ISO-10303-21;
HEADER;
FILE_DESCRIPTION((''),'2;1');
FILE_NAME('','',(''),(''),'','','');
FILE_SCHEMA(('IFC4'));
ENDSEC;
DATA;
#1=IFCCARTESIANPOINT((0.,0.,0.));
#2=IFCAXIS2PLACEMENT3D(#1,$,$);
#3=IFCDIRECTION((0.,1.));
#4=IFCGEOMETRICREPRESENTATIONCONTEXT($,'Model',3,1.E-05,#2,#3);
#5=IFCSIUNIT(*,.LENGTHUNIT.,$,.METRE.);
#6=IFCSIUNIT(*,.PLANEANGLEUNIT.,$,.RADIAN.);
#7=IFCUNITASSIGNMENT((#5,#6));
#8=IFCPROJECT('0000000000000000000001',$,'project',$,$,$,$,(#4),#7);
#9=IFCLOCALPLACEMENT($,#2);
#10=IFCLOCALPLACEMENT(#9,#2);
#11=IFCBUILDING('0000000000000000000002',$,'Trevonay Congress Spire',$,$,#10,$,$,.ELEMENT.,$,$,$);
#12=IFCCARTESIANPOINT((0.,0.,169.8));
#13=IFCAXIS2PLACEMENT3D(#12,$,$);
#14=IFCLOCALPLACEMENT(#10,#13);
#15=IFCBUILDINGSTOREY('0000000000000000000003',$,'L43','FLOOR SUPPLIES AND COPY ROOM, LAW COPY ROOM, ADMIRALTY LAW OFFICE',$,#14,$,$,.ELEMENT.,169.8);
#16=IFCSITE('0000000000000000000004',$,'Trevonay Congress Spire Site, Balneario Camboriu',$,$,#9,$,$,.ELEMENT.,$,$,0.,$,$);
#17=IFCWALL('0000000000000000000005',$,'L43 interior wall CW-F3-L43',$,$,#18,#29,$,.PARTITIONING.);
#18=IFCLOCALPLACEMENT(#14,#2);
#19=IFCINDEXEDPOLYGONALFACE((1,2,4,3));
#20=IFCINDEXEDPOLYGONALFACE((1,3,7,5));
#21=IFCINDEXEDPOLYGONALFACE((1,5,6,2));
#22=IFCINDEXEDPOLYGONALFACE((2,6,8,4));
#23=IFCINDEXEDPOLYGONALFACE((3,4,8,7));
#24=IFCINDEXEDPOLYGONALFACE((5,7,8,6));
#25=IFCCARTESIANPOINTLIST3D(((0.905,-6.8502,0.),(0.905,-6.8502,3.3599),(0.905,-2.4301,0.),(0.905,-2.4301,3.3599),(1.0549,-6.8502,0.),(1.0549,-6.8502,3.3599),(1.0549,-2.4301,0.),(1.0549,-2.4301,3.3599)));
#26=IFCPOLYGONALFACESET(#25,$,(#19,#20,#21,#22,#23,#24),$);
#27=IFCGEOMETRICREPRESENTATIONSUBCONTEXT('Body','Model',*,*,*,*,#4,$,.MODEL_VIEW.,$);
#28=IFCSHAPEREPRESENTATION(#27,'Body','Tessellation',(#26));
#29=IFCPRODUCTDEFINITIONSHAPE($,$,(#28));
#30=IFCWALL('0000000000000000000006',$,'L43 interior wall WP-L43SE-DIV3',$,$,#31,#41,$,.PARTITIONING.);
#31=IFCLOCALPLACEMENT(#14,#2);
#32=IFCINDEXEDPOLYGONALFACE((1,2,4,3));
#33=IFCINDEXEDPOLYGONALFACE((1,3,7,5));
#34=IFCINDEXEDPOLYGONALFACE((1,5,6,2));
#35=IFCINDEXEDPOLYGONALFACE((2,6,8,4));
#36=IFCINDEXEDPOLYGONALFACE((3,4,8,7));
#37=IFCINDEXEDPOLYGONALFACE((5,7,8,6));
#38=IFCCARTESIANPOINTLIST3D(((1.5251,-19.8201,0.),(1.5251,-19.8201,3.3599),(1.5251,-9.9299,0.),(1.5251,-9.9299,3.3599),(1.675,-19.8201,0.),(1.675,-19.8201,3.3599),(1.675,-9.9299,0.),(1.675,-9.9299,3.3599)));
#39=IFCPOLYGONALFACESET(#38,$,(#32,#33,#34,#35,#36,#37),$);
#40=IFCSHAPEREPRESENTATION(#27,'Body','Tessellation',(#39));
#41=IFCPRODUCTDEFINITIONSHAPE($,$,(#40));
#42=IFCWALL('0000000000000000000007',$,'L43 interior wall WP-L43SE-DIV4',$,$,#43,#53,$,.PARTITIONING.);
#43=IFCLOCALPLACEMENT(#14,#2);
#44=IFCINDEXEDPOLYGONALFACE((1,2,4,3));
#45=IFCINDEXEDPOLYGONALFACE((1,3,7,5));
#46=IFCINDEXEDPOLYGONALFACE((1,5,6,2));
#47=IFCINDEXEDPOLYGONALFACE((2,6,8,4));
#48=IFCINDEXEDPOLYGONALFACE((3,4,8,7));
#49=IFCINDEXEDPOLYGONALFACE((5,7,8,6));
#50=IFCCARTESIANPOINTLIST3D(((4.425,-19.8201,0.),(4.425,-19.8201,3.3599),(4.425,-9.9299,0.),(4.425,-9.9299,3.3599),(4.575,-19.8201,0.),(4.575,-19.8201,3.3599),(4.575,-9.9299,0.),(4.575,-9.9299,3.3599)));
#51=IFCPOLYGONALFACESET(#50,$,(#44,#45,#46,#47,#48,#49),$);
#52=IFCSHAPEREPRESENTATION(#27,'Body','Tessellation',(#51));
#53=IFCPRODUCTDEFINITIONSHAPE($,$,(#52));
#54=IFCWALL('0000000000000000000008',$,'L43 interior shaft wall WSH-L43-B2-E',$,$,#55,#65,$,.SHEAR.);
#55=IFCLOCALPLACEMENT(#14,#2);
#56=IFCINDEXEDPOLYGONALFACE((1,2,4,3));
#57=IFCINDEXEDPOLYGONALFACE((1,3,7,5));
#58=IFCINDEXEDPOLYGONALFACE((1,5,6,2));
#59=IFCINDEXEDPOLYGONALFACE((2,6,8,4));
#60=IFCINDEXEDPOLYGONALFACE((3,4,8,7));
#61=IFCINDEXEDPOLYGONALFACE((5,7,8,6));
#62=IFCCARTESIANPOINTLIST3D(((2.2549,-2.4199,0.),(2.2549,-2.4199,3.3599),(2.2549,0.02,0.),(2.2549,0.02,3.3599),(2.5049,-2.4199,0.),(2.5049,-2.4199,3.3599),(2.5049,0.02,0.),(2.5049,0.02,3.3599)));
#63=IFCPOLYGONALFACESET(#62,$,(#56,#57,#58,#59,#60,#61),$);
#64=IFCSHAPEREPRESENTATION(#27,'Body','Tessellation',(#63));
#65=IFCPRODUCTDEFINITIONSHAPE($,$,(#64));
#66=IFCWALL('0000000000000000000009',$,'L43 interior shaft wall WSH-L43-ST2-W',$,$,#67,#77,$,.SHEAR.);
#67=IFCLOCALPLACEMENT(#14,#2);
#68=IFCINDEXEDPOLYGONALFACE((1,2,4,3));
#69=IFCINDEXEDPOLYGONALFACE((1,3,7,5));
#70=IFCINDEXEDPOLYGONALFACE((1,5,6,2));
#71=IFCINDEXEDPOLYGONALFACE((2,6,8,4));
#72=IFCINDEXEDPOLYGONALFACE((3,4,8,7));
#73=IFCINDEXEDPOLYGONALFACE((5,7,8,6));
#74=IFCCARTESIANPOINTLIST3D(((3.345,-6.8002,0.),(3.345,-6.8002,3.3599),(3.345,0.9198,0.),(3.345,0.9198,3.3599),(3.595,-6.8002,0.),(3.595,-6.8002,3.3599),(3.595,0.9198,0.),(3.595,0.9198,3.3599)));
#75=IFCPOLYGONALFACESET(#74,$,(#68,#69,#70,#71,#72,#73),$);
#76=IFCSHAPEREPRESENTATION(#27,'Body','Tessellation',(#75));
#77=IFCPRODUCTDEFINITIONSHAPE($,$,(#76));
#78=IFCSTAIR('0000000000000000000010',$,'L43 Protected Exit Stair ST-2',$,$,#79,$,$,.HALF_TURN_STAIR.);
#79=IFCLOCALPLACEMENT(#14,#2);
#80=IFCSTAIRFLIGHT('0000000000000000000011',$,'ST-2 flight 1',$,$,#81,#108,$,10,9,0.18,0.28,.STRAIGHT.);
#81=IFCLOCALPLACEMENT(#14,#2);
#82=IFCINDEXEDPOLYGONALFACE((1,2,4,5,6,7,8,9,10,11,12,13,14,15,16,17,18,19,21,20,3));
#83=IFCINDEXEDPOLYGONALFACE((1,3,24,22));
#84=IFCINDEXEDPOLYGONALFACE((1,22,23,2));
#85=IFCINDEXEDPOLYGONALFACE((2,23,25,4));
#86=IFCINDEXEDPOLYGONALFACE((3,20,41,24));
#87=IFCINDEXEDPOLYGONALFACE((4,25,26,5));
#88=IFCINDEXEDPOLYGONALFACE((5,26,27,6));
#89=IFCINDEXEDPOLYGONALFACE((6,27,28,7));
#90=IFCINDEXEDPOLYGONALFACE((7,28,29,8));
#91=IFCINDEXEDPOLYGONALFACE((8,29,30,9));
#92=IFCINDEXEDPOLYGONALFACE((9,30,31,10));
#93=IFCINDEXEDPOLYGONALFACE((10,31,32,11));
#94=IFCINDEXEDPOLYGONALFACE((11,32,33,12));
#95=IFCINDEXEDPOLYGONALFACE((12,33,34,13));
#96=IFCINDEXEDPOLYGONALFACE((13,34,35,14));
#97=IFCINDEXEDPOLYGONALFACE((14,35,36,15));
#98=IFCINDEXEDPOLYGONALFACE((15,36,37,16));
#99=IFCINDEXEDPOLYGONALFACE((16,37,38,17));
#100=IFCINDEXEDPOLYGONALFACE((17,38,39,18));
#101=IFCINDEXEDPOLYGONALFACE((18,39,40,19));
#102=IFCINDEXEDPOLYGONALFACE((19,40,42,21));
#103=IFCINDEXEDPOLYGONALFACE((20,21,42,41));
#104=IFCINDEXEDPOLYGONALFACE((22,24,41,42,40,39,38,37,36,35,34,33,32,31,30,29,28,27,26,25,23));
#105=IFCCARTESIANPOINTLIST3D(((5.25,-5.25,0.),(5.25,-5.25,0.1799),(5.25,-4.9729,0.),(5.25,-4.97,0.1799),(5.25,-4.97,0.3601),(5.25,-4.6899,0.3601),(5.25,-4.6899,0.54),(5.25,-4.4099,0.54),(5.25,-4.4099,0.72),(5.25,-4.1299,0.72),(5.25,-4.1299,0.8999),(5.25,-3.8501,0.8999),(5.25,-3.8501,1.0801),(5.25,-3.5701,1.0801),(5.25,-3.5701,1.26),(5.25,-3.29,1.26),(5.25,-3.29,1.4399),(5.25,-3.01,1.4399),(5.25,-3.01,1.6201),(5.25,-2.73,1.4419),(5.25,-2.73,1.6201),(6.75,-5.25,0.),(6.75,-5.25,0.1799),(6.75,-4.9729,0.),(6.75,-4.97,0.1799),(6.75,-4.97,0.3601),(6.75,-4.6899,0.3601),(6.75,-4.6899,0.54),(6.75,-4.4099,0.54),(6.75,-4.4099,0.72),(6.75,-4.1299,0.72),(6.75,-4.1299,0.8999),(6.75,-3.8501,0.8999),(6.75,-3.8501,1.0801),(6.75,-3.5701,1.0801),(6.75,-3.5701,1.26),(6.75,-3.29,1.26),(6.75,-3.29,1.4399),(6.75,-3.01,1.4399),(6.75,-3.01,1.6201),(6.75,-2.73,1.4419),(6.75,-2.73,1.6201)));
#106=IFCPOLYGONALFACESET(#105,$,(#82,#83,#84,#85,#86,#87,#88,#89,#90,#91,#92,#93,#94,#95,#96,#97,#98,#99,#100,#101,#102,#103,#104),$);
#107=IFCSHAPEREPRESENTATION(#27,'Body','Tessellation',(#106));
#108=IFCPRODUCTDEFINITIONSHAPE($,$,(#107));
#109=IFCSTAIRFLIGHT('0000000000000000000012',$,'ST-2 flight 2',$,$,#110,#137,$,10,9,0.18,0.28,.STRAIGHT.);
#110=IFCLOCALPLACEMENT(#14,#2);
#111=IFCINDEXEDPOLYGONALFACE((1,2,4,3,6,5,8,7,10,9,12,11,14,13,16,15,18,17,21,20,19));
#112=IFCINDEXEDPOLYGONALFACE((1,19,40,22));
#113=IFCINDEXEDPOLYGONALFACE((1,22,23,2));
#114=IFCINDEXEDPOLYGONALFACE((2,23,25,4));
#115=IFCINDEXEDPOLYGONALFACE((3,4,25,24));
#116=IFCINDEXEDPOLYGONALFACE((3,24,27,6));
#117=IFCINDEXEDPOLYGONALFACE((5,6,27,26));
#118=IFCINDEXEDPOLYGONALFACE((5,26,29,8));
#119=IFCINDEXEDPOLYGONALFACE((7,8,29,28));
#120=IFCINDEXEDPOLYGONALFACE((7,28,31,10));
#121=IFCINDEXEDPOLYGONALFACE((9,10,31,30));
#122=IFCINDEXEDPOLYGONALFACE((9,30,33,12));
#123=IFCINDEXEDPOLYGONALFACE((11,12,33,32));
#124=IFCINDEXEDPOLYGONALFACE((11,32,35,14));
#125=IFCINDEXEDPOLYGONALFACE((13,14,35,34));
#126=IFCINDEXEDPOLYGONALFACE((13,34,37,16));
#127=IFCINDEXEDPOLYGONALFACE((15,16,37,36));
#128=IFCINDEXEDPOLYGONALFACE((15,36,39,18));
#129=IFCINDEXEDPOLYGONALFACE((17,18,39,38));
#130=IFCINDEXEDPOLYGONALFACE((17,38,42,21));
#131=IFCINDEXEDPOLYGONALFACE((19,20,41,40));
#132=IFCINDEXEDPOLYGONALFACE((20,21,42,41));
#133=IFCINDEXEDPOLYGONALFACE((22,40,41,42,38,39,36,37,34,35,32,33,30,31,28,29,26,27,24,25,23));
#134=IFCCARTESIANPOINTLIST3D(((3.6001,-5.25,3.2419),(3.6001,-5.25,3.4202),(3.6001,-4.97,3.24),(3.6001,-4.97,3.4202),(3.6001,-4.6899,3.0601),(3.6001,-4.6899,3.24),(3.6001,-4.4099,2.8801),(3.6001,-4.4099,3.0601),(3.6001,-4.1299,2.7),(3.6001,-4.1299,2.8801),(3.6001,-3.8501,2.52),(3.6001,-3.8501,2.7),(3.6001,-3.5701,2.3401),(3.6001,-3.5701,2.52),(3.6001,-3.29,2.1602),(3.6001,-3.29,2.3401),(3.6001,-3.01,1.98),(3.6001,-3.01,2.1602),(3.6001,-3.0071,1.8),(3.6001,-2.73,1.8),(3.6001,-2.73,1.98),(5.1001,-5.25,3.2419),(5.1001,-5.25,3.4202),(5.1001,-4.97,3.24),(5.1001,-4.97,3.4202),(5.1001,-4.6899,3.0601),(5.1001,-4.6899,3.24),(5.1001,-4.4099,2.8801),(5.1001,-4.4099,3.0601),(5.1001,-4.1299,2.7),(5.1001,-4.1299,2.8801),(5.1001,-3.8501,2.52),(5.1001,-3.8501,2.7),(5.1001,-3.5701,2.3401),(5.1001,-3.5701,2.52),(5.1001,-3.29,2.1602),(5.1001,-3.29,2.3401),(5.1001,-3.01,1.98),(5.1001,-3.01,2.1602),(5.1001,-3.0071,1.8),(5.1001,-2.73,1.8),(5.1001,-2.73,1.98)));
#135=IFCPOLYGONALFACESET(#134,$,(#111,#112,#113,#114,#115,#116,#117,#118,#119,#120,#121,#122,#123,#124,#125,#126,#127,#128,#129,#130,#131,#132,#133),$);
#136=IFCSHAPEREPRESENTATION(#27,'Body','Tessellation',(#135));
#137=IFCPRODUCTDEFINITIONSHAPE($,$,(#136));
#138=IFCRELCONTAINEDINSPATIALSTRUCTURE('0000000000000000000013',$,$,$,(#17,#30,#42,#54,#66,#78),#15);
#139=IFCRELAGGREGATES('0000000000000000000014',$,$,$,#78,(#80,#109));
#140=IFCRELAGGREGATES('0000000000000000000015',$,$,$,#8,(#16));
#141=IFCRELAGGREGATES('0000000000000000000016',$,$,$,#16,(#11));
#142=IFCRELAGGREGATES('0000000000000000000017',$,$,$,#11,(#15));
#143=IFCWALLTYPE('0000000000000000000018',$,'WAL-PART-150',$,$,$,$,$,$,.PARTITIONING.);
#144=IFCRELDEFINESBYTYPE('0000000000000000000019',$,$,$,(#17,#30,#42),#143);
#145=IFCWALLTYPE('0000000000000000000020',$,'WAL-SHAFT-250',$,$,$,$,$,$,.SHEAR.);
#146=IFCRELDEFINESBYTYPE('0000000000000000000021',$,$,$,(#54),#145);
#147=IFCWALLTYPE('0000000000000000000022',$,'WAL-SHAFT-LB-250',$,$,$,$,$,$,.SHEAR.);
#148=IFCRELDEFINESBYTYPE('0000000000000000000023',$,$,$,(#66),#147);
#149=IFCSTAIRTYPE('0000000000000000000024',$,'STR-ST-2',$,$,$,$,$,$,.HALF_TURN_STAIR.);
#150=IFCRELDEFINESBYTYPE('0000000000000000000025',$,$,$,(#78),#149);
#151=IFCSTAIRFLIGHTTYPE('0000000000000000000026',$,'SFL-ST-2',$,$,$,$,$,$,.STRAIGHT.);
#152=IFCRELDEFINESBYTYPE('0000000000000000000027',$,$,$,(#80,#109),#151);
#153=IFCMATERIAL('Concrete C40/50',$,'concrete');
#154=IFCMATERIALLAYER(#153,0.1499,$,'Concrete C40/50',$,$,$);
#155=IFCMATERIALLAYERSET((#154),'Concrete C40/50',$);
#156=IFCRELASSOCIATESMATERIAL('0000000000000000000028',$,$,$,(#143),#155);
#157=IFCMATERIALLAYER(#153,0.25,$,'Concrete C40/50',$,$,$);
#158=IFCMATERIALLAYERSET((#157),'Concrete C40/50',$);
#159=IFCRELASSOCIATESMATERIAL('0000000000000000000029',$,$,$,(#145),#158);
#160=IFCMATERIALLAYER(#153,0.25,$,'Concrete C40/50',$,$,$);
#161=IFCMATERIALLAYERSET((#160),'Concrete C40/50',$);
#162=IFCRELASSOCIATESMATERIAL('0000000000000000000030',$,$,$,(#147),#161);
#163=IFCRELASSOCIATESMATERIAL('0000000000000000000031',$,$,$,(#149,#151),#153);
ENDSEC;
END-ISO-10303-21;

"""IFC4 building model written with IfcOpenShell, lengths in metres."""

from ifc_helpers import new_model, si_unit, direction, frame, frame_2d, origin, place, context, subcontext, project, spatial, polyline, rectangle, outline, extrude, material, layer, layer_set, type_object, element, aggregate, save


model = new_model("IFC4")

# Units and contexts
model_context = context("Model", 3, precision=1e-05, world=origin(), true_north=direction((0.0, 1.0)))
body_context = subcontext(model_context, "Body", "Model", "MODEL_VIEW")
ifc_project = project(units=[si_unit("LENGTHUNIT", "METRE"), si_unit("PLANEANGLEUNIT", "RADIAN")], contexts=[model_context])

# Site, building, storey
site_placement = place(None, origin())
site = spatial("IfcSite", under=ifc_project, at=site_placement, Name="Trevonay Congress Spire Site, Balneario Camboriu", CompositionType="ELEMENT", RefElevation=0.0)
building_placement = place(site_placement, origin())
building = spatial("IfcBuilding", under=site, at=building_placement, Name="Trevonay Congress Spire", CompositionType="ELEMENT")
storey_placement = place(building_placement, frame((0.0, 0.0, 169.8)))
storey = spatial("IfcBuildingStorey", under=building, at=storey_placement, Name="L43", Description="FLOOR SUPPLIES AND COPY ROOM, LAW COPY ROOM, ADMIRALTY LAW OFFICE", CompositionType="ELEMENT", Elevation=169.8)

# Walls
ifc_material_1 = material(Name="Concrete C40/50", Category="concrete")
ifc_layer_1 = layer(ifc_material_1, 0.1499, Name="Concrete C40/50")
ifc_layer_set_1 = layer_set([ifc_layer_1], Name="Concrete C40/50")
wall_type_1 = type_object("IfcWallType", Name="WAL-PART-150", PredefinedType="PARTITIONING", material=ifc_layer_set_1)
wall_1_placement = place(storey_placement, frame((0.98, -6.8501, 0.0), z_axis=(0.0, 0.0, 1.0), x_axis=(0.0, 1.0, 0.0)))
element("IfcWall", 1, at=wall_1_placement, inside=storey, type_object=wall_type_1, Name="L43 interior wall CW-F3-L43", PredefinedType="PARTITIONING", context=body_context, shape_type="SweptSolid", body=[
    extrude(rectangle(XDim=4.4202, YDim=0.1499, at=frame_2d((2.21, 0.0))), origin(), (0.0, 0.0, 1.0), 3.3599),
])
for number, where, z_axis, x_axis, name in (
    (2, (1.6001, -19.8201, 0.0), (0.0, 0.0, 1.0), (0.0, 1.0, 0.0), "L43 interior wall WP-L43SE-DIV3"),
    (3, (4.5, -19.8201, 0.0), (0.0, 0.0, 1.0), (0.0, 1.0, 0.0), "L43 interior wall WP-L43SE-DIV4"),
):
    element("IfcWall", number, at=place(storey_placement, frame(where, z_axis=z_axis, x_axis=x_axis)), inside=storey, type_object=wall_type_1, Name=name, PredefinedType="PARTITIONING", context=body_context, shape_type="SweptSolid", body=[
        extrude(rectangle(XDim=9.8901, YDim=0.1499, at=frame_2d((4.9451, 0.0))), origin(), (0.0, 0.0, 1.0), 3.3599),
    ])
ifc_layer_2 = layer(ifc_material_1, 0.25, Name="Concrete C40/50")
ifc_layer_set_2 = layer_set([ifc_layer_2], Name="Concrete C40/50")
wall_type_2 = type_object("IfcWallType", Name="WAL-SHAFT-250", PredefinedType="SHEAR", material=ifc_layer_set_2)
wall_2_placement = place(storey_placement, frame((2.3799, -2.4199, 0.0), z_axis=(0.0, 0.0, 1.0), x_axis=(0.0, 1.0, 0.0)))
element("IfcWall", 4, at=wall_2_placement, inside=storey, type_object=wall_type_2, Name="L43 interior shaft wall WSH-L43-B2-E", PredefinedType="SHEAR", context=body_context, shape_type="SweptSolid", body=[
    extrude(rectangle(XDim=2.4399, YDim=0.25, at=frame_2d((1.22, 0.0))), origin(), (0.0, 0.0, 1.0), 3.3599),
])
ifc_layer_3 = layer(ifc_material_1, 0.25, Name="Concrete C40/50")
ifc_layer_set_3 = layer_set([ifc_layer_3], Name="Concrete C40/50")
wall_type_3 = type_object("IfcWallType", Name="WAL-SHAFT-LB-250", PredefinedType="SHEAR", material=ifc_layer_set_3)
wall_3_placement = place(storey_placement, frame((3.47, -6.8, 0.0), z_axis=(0.0, 0.0, 1.0), x_axis=(0.0, 1.0, 0.0)))
element("IfcWall", 5, at=wall_3_placement, inside=storey, type_object=wall_type_3, Name="L43 interior shaft wall WSH-L43-ST2-W", PredefinedType="SHEAR", context=body_context, shape_type="SweptSolid", body=[
    extrude(rectangle(XDim=7.72, YDim=0.25, at=frame_2d((3.8599, 0.0))), origin(), (0.0, 0.0, 1.0), 3.3599),
])

# Stair, stair flights
stair_type = type_object("IfcStairType", Name="STR-ST-2", PredefinedType="HALF_TURN_STAIR", material=ifc_material_1)
stair_placement = place(storey_placement, origin())
stair = element("IfcStair", 6, at=stair_placement, inside=storey, type_object=stair_type, Name="L43 Protected Exit Stair ST-2", PredefinedType="HALF_TURN_STAIR")
stair_flight_type = type_object("IfcStairFlightType", Name="SFL-ST-2", PredefinedType="STRAIGHT", material=ifc_material_1)
stair_flight_1_placement = place(storey_placement, frame((6.0, -5.25, 0.0), z_axis=(0.0, 0.0, 1.0), x_axis=(0.0, 1.0, 0.0)))
stair_flight_1 = element("IfcStairFlight", 7, at=stair_flight_1_placement, type_object=stair_flight_type, Name="ST-2 flight 1", NumberOfRisers=10, NumberOfTreads=9, PredefinedType="STRAIGHT", RiserHeight=0.18, TreadLength=0.28, context=body_context, shape_type="SweptSolid", body=[
    extrude(outline(polyline([(0.0, 0.0), (0.0, 0.1799), (0.28, 0.1799), (0.28, 0.3601), (0.5601, 0.3601), (0.5601, 0.54), (0.8401, 0.54), (0.8401, 0.72), (1.1201, 0.72), (1.1201, 0.8999), (1.3999, 0.8999), (1.3999, 1.0801), (1.6799, 1.0801), (1.6799, 1.26), (1.96, 1.26), (1.96, 1.4399), (2.24, 1.4399), (2.24, 1.6201), (2.52, 1.6201), (2.52, 1.8), (2.52, 1.4419), (0.2771, 0.0), (0.0, 0.0)])), frame((0.0, 0.75, 0.0), z_axis=(0.0, -1.0, 0.0), x_axis=(1.0, 0.0, 0.0)), (0.0, 0.0, 1.0), 1.5),
])
stair_flight_2_placement = place(storey_placement, frame((4.3501, -2.73, 1.8), z_axis=(0.0, 0.0, 1.0), x_axis=(0.0, -1.0, 0.0)))
stair_flight_2 = element("IfcStairFlight", 8, at=stair_flight_2_placement, type_object=stair_flight_type, Name="ST-2 flight 2", NumberOfRisers=10, NumberOfTreads=9, PredefinedType="STRAIGHT", RiserHeight=0.18, TreadLength=0.28, context=body_context, shape_type="SweptSolid", body=[
    extrude(outline(polyline([(0.0, 0.0), (0.0, 0.1799), (0.28, 0.1799), (0.28, 0.3601), (0.5601, 0.3601), (0.5601, 0.54), (0.8401, 0.54), (0.8401, 0.72), (1.1201, 0.72), (1.1201, 0.8999), (1.3999, 0.8999), (1.3999, 1.0801), (1.6799, 1.0801), (1.6799, 1.26), (1.96, 1.26), (1.96, 1.4399), (2.24, 1.4399), (2.24, 1.6201), (2.52, 1.6201), (2.52, 1.8), (2.52, 1.4419), (0.2771, 0.0), (0.0, 0.0)])), frame((0.0, 0.75, 0.0), z_axis=(0.0, -1.0, 0.0), x_axis=(1.0, 0.0, 0.0)), (0.0, 0.0, 1.0), 1.5),
])
aggregate(stair, [stair_flight_1, stair_flight_2])

save(model, "model.ifc")
